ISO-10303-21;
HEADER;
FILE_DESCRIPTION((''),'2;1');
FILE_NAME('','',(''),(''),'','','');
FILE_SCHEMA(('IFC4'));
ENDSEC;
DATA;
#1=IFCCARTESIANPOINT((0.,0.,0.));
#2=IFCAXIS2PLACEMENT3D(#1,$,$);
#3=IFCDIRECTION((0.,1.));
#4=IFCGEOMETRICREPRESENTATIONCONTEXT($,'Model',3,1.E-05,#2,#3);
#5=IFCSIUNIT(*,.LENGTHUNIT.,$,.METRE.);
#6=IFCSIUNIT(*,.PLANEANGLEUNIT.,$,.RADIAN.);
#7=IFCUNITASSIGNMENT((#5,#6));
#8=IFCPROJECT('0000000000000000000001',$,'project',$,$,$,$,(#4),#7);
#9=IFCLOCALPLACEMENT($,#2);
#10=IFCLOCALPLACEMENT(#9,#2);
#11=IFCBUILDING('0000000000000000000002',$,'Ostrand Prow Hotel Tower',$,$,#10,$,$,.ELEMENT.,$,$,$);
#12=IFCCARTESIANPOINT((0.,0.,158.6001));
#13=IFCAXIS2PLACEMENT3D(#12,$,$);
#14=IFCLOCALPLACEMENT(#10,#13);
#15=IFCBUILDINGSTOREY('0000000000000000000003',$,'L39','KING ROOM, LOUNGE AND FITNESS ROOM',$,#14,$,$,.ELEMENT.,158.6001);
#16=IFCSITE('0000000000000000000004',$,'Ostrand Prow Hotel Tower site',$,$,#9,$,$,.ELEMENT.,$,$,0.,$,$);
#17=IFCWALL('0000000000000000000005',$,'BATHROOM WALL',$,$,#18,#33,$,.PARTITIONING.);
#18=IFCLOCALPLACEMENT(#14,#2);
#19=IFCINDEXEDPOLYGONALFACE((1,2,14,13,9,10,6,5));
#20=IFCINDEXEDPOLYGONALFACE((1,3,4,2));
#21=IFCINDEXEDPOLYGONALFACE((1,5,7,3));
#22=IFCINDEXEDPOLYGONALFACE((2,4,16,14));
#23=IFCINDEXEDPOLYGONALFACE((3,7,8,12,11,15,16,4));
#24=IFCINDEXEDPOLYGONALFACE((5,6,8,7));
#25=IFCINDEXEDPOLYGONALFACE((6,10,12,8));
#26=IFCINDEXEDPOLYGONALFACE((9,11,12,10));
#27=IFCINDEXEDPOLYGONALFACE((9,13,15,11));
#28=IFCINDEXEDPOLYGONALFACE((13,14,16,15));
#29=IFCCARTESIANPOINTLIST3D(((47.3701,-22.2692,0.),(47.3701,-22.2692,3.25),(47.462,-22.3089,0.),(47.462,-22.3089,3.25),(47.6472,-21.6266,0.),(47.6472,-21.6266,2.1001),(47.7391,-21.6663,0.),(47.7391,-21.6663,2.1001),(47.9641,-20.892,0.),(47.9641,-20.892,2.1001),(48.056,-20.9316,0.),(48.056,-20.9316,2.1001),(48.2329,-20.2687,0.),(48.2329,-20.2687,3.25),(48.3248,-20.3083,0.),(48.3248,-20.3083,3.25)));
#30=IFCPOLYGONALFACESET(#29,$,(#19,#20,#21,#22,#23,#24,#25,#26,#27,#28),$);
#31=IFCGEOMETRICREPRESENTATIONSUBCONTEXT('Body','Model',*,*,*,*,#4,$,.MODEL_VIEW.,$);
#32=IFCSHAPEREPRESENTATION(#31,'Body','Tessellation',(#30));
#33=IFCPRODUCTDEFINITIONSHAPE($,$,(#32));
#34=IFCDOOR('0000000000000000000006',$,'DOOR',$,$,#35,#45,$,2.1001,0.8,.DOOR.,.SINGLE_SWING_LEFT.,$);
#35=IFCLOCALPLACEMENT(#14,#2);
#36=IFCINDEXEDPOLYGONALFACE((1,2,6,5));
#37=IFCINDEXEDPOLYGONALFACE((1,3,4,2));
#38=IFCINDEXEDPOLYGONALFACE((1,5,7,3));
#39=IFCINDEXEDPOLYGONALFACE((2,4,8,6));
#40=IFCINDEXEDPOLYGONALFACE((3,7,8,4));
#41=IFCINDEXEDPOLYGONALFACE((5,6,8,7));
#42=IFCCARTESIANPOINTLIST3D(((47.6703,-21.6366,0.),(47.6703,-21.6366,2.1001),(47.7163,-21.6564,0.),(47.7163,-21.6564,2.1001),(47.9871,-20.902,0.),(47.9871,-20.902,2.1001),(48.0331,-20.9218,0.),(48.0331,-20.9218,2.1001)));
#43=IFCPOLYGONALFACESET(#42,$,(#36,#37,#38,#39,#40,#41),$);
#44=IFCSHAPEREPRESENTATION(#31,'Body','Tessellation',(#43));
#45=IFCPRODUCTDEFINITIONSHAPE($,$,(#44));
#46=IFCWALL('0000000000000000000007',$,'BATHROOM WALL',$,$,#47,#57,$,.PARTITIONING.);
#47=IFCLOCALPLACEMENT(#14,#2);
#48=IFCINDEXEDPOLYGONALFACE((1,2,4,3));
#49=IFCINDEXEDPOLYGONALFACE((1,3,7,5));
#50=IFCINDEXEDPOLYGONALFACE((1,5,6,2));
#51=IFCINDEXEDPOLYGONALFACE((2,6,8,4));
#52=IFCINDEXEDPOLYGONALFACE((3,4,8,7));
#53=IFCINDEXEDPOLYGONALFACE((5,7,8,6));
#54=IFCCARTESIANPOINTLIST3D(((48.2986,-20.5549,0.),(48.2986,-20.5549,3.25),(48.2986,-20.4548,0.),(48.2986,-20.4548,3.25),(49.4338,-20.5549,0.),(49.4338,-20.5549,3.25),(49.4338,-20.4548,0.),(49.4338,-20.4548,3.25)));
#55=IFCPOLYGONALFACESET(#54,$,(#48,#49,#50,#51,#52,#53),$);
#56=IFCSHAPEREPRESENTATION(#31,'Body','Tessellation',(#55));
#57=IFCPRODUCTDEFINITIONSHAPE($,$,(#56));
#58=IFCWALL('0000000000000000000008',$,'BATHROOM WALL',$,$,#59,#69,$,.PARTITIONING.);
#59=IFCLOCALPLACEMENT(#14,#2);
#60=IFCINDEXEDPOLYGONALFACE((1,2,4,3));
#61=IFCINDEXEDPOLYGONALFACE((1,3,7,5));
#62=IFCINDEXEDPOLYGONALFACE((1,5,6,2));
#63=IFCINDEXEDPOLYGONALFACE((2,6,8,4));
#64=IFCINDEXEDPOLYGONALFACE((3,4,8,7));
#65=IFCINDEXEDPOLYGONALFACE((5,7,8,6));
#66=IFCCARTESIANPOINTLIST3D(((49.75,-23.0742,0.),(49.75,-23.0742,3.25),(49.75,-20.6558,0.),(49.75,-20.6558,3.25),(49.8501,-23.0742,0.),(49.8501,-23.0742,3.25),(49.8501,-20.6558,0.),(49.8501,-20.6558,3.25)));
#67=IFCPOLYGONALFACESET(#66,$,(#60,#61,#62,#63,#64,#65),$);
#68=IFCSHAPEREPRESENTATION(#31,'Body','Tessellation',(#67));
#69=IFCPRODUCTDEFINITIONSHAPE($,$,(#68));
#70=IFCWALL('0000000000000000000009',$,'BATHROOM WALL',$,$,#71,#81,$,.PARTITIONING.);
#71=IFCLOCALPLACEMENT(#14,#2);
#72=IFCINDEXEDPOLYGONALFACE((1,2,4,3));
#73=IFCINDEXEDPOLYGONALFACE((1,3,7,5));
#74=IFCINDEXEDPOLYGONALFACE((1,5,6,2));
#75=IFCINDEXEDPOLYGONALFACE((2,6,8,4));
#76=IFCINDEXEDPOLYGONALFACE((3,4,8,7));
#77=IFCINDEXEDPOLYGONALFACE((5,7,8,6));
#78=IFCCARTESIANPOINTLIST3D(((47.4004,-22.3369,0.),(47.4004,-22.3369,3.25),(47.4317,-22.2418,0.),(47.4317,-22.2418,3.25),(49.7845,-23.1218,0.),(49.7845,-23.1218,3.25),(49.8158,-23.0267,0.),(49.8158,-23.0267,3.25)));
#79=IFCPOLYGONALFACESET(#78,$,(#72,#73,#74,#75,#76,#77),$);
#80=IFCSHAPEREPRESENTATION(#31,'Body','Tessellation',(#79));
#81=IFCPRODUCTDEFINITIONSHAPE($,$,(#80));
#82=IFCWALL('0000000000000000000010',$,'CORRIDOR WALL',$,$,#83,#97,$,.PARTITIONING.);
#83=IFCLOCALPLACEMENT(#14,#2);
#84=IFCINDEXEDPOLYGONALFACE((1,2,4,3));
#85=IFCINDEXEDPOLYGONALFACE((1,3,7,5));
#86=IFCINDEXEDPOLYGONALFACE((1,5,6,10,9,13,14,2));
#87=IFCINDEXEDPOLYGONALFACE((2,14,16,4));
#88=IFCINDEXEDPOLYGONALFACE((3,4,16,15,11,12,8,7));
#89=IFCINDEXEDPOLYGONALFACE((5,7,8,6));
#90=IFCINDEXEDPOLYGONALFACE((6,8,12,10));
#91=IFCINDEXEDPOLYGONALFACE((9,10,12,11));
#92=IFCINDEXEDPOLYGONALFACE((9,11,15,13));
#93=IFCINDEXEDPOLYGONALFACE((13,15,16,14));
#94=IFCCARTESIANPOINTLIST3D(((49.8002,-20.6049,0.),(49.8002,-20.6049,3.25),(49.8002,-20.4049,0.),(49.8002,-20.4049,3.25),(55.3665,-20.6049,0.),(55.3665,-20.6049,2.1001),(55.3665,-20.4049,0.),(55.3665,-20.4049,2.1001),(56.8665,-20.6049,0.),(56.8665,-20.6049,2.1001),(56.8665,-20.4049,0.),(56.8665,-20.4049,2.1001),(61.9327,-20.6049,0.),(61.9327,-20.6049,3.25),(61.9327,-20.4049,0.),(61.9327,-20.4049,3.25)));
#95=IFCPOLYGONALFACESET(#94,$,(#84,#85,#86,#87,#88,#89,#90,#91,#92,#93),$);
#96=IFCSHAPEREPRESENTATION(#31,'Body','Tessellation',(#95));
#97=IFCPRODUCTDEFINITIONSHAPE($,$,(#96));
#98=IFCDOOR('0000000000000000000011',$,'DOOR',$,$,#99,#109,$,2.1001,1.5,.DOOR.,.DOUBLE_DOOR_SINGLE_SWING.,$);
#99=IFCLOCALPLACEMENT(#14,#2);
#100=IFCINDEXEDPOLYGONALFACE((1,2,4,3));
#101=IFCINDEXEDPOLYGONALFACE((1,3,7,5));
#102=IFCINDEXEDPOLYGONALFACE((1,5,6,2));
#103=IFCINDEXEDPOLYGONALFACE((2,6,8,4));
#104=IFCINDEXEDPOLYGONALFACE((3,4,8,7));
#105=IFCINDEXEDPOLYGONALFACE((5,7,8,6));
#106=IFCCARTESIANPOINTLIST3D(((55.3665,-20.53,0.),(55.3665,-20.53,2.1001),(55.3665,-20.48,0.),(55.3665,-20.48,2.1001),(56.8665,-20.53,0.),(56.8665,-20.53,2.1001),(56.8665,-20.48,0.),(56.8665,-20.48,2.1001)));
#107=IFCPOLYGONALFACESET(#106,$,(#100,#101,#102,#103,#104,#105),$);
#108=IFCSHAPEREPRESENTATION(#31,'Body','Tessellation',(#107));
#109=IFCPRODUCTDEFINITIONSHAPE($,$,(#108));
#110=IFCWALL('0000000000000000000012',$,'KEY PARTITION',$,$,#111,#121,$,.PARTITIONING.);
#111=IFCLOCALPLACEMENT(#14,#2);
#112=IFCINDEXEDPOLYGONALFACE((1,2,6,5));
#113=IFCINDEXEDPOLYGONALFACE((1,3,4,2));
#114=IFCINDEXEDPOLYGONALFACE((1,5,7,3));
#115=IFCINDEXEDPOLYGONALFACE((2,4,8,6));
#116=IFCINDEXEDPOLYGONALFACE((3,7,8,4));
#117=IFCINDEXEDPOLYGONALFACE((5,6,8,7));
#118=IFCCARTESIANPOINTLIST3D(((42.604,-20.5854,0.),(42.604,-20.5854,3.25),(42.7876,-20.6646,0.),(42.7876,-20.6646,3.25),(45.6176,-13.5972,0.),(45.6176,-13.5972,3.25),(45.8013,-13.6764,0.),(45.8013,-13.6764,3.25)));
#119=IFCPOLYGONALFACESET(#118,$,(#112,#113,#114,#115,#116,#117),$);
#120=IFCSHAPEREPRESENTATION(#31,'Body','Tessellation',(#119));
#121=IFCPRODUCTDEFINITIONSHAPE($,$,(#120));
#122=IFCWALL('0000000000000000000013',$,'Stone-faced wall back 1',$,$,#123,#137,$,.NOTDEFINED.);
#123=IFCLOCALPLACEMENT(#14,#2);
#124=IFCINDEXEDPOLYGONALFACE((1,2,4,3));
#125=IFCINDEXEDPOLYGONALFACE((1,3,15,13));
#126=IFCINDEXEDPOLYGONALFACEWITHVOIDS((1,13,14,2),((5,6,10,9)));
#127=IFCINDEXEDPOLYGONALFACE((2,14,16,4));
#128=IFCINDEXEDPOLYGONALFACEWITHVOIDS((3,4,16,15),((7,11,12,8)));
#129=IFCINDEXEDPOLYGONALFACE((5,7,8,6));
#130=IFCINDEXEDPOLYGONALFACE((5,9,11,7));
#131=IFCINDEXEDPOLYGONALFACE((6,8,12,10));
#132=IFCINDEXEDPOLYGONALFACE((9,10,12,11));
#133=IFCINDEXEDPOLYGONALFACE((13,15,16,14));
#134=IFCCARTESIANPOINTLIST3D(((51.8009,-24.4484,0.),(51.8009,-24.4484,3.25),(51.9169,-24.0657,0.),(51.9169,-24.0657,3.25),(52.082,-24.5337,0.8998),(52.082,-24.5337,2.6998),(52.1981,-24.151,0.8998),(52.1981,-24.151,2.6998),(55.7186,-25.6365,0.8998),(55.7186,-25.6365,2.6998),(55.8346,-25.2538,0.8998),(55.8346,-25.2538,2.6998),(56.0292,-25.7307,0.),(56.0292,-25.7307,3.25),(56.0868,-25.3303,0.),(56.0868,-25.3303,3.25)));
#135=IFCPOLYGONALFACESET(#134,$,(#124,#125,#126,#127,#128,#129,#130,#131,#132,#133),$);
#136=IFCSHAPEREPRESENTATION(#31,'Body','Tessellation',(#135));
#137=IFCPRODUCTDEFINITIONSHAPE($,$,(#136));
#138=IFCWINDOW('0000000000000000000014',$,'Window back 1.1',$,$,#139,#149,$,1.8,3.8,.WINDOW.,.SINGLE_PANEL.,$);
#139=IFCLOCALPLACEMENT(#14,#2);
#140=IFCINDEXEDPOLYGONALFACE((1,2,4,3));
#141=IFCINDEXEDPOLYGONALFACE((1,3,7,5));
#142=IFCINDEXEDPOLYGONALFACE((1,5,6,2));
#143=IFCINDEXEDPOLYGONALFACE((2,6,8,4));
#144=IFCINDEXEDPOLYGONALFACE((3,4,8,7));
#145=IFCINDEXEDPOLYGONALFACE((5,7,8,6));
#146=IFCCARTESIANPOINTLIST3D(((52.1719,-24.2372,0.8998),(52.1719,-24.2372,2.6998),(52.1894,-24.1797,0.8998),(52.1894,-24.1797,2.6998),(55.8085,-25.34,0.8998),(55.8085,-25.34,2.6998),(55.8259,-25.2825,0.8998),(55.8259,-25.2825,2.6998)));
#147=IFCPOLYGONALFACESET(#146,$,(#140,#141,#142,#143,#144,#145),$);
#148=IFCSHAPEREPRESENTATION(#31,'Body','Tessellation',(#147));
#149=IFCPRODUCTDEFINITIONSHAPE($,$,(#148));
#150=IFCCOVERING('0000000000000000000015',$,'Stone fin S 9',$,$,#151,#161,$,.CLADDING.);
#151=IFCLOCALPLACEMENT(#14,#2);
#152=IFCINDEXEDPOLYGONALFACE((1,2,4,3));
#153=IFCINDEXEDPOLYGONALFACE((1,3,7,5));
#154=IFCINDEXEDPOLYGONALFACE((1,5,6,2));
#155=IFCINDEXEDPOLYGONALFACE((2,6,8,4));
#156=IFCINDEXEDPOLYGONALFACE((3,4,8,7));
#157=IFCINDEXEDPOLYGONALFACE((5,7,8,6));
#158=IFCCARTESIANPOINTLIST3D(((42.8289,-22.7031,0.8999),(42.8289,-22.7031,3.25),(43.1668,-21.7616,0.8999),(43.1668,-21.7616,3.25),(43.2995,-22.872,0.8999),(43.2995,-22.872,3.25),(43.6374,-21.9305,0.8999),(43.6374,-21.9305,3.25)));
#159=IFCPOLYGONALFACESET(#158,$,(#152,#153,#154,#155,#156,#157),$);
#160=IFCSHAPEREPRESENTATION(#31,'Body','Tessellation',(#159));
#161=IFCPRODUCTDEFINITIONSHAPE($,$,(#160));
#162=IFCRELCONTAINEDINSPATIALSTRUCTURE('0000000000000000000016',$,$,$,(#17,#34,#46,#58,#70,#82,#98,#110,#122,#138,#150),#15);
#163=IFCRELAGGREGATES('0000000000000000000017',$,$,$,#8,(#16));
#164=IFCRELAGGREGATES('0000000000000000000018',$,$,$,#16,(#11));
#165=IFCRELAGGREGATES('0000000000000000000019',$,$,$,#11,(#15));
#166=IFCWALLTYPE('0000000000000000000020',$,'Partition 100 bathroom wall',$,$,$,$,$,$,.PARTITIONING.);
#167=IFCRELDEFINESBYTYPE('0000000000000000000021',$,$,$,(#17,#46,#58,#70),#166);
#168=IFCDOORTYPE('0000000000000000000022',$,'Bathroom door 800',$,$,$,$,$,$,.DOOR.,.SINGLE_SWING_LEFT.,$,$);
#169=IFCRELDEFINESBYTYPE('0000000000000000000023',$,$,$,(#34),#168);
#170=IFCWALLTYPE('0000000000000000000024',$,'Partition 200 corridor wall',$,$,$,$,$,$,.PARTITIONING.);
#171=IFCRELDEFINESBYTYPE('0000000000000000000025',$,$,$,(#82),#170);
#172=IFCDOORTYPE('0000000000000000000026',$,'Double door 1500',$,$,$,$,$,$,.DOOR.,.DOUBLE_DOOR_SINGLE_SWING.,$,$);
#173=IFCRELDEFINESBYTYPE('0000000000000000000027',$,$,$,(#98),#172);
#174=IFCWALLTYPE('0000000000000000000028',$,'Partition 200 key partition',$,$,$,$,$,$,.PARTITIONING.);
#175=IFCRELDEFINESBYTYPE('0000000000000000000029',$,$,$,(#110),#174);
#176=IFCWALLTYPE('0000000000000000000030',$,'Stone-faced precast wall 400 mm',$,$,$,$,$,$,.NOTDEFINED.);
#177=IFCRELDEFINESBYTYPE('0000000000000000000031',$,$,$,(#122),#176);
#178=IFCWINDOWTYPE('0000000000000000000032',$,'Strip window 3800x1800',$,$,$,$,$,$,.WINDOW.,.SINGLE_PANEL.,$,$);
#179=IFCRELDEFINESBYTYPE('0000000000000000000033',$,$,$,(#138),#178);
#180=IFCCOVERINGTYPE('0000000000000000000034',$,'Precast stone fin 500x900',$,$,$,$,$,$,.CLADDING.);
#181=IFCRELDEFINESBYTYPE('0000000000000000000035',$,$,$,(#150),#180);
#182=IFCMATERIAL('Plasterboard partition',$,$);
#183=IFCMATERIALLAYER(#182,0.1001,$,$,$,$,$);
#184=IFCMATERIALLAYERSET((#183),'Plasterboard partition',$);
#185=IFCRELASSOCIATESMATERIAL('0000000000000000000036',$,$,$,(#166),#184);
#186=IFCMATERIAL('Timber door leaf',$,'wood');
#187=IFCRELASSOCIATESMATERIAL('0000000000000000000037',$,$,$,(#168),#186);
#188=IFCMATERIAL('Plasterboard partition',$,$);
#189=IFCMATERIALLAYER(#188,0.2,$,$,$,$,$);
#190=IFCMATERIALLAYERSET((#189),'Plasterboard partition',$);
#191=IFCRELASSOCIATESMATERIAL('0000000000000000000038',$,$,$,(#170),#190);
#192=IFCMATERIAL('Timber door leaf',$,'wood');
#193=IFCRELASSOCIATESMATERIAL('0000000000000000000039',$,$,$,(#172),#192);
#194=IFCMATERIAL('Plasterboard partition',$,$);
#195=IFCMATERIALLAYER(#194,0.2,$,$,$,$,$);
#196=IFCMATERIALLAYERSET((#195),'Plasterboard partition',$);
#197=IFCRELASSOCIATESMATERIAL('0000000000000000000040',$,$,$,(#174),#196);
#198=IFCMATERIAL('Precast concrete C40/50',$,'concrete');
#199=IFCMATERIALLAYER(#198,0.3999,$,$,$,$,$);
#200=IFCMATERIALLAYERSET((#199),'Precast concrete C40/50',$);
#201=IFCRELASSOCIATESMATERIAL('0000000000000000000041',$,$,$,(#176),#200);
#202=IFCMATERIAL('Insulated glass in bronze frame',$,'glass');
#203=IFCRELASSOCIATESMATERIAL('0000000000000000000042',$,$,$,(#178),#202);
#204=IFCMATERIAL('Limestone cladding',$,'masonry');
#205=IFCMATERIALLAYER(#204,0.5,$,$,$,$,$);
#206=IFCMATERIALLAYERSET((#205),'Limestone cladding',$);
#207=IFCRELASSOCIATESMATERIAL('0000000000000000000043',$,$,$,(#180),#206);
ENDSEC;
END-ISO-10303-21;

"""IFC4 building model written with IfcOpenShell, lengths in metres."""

from ifc_helpers import new_model, si_unit, direction, frame, frame_2d, origin, place, context, subcontext, project, spatial, polyline, rectangle, outline, extrude, material, layer, layer_set, type_object, element, fill, save


model = new_model("IFC4")

# Units and contexts
model_context = context("Model", 3, precision=1e-05, world=origin(), true_north=direction((0.0, 1.0)))
body_context = subcontext(model_context, "Body", "Model", "MODEL_VIEW")
ifc_project = project(units=[si_unit("LENGTHUNIT", "METRE"), si_unit("PLANEANGLEUNIT", "RADIAN")], contexts=[model_context])

# Site, building, storey
site_placement = place(None, origin())
site = spatial("IfcSite", under=ifc_project, at=site_placement, Name="Ostrand Prow Hotel Tower site", CompositionType="ELEMENT", RefElevation=0.0)
building_placement = place(site_placement, origin())
building = spatial("IfcBuilding", under=site, at=building_placement, Name="Ostrand Prow Hotel Tower", CompositionType="ELEMENT")
storey_placement = place(building_placement, frame((0.0, 0.0, 158.6001)))
storey = spatial("IfcBuildingStorey", under=building, at=storey_placement, Name="L39", Description="KING ROOM, LOUNGE AND FITNESS ROOM", CompositionType="ELEMENT", Elevation=158.6001)

# Wall, opening, door
ifc_material_1 = material(Name="Plasterboard partition")
ifc_layer_1 = layer(ifc_material_1, 0.1001)
ifc_layer_set_1 = layer_set([ifc_layer_1], Name="Plasterboard partition")
wall_type_1 = type_object("IfcWallType", Name="Partition 100 bathroom wall", PredefinedType="PARTITIONING", material=ifc_layer_set_1)
wall_1_placement = place(storey_placement, frame((47.416, -22.2891, 0.0), z_axis=(0.0, 0.0, 1.0), x_axis=(0.396028, 0.918238, 0.0)))
wall_1 = element("IfcWall", 1, at=wall_1_placement, inside=storey, type_object=wall_type_1, Name="BATHROOM WALL", PredefinedType="PARTITIONING", context=body_context, shape_type="SweptSolid", body=[
    extrude(rectangle(XDim=2.1787, YDim=0.1001, at=frame_2d((1.0894, 0.0))), origin(), (0.0, 0.0, 1.0), 3.25),
])
opening_1_placement = place(wall_1_placement, frame((0.7, 0.0, 0.0)))
opening_1 = element("IfcOpeningElement", 2, at=opening_1_placement, cuts=wall_1, PredefinedType="OPENING", context=body_context, shape_type="SweptSolid", body=[
    extrude(rectangle(XDim=0.8, YDim=2.1001, at=frame_2d((0.3999, 1.05))), frame((0.0, 0.0601, 0.0), z_axis=(0.0, -1.0, 0.0), x_axis=(1.0, 0.0, 0.0)), (0.0, 0.0, 1.0), 0.1201),
])
ifc_material_2 = material(Name="Timber door leaf", Category="wood")
door_type_1 = type_object("IfcDoorType", Name="Bathroom door 800", OperationType="SINGLE_SWING_LEFT", PredefinedType="DOOR", material=ifc_material_2)
door_1_placement = place(opening_1_placement, origin())
door_1 = element("IfcDoor", 3, at=door_1_placement, inside=storey, type_object=door_type_1, Name="DOOR", OperationType="SINGLE_SWING_LEFT", OverallHeight=2.1001, OverallWidth=0.8, PredefinedType="DOOR", context=body_context, shape_type="SweptSolid", body=[
    extrude(rectangle(XDim=0.8, YDim=2.1001, at=frame_2d((0.3999, 1.05))), frame((0.0, 0.0249, 0.0), z_axis=(0.0, -1.0, 0.0), x_axis=(1.0, 0.0, 0.0)), (0.0, 0.0, 1.0), 0.05),
])
fill(opening_1, door_1)

# Walls
wall_2_placement = place(storey_placement, frame((48.2986, -20.5049, 0.0), z_axis=(0.0, 0.0, 1.0), x_axis=(1.0, 0.0, 0.0)))
element("IfcWall", 4, at=wall_2_placement, inside=storey, type_object=wall_type_1, Name="BATHROOM WALL", PredefinedType="PARTITIONING", context=body_context, shape_type="SweptSolid", body=[
    extrude(rectangle(XDim=1.1353, YDim=0.1001, at=frame_2d((0.5676, 0.0))), origin(), (0.0, 0.0, 1.0), 3.25),
])
wall_3_placement = place(storey_placement, frame((49.8, -20.6558, 0.0), z_axis=(0.0, 0.0, 1.0), x_axis=(0.0, -1.0, 0.0)))
element("IfcWall", 5, at=wall_3_placement, inside=storey, type_object=wall_type_1, Name="BATHROOM WALL", PredefinedType="PARTITIONING", context=body_context, shape_type="SweptSolid", body=[
    extrude(rectangle(XDim=2.4185, YDim=0.1001, at=frame_2d((1.2092, 0.0))), origin(), (0.0, 0.0, 1.0), 3.25),
])
wall_4_placement = place(storey_placement, frame((49.8, -23.0742, 0.0), z_axis=(0.0, 0.0, 1.0), x_axis=(-0.949844, 0.312724, 0.0)))
element("IfcWall", 6, at=wall_4_placement, inside=storey, type_object=wall_type_1, Name="BATHROOM WALL", PredefinedType="PARTITIONING", context=body_context, shape_type="SweptSolid", body=[
    extrude(rectangle(XDim=2.51, YDim=0.1001, at=frame_2d((1.2549, 0.0))), origin(), (0.0, 0.0, 1.0), 3.25),
])

# Wall, opening, door
ifc_material_3 = material(Name="Plasterboard partition")
ifc_layer_2 = layer(ifc_material_3, 0.2)
ifc_layer_set_2 = layer_set([ifc_layer_2], Name="Plasterboard partition")
wall_type_2 = type_object("IfcWallType", Name="Partition 200 corridor wall", PredefinedType="PARTITIONING", material=ifc_layer_set_2)
wall_5_placement = place(storey_placement, frame((49.8, -20.5049, 0.0), z_axis=(0.0, 0.0, 1.0), x_axis=(1.0, 0.0, 0.0)))
wall_5 = element("IfcWall", 7, at=wall_5_placement, inside=storey, type_object=wall_type_2, Name="CORRIDOR WALL", PredefinedType="PARTITIONING", context=body_context, shape_type="SweptSolid", body=[
    extrude(rectangle(XDim=12.1326, YDim=0.2, at=frame_2d((6.0664, 0.0))), origin(), (0.0, 0.0, 1.0), 3.25),
])
opening_2_placement = place(wall_5_placement, frame((5.5664, 0.0, 0.0)))
opening_2 = element("IfcOpeningElement", 8, at=opening_2_placement, cuts=wall_5, PredefinedType="OPENING", context=body_context, shape_type="SweptSolid", body=[
    extrude(rectangle(XDim=1.5, YDim=2.1001, at=frame_2d((0.75, 1.05))), frame((0.0, 0.1099, 0.0), z_axis=(0.0, -1.0, 0.0), x_axis=(1.0, 0.0, 0.0)), (0.0, 0.0, 1.0), 0.22),
])
ifc_material_4 = material(Name="Timber door leaf", Category="wood")
door_type_2 = type_object("IfcDoorType", Name="Double door 1500", OperationType="DOUBLE_DOOR_SINGLE_SWING", PredefinedType="DOOR", material=ifc_material_4)
door_2_placement = place(opening_2_placement, origin())
door_2 = element("IfcDoor", 9, at=door_2_placement, inside=storey, type_object=door_type_2, Name="DOOR", OperationType="DOUBLE_DOOR_SINGLE_SWING", OverallHeight=2.1001, OverallWidth=1.5, PredefinedType="DOOR", context=body_context, shape_type="SweptSolid", body=[
    extrude(rectangle(XDim=1.5, YDim=2.1001, at=frame_2d((0.75, 1.05))), frame((0.0, 0.0249, 0.0), z_axis=(0.0, -1.0, 0.0), x_axis=(1.0, 0.0, 0.0)), (0.0, 0.0, 1.0), 0.05),
])
fill(opening_2, door_2)

# Wall
ifc_material_5 = material(Name="Plasterboard partition")
ifc_layer_3 = layer(ifc_material_5, 0.2)
ifc_layer_set_3 = layer_set([ifc_layer_3], Name="Plasterboard partition")
wall_type_3 = type_object("IfcWallType", Name="Partition 200 key partition", PredefinedType="PARTITIONING", material=ifc_layer_set_3)
wall_6_placement = place(storey_placement, frame((42.6958, -20.625, 0.0), z_axis=(0.0, 0.0, 1.0), x_axis=(0.395994, 0.918253, 0.0)))
element("IfcWall", 10, at=wall_6_placement, inside=storey, type_object=wall_type_3, Name="KEY PARTITION", PredefinedType="PARTITIONING", context=body_context, shape_type="SweptSolid", body=[
    extrude(rectangle(XDim=7.6104, YDim=0.2, at=frame_2d((3.8052, 0.0))), origin(), (0.0, 0.0, 1.0), 3.25),
])

# Wall, opening, window
ifc_material_6 = material(Name="Precast concrete C40/50", Category="concrete")
ifc_layer_4 = layer(ifc_material_6, 0.3999)
ifc_layer_set_4 = layer_set([ifc_layer_4], Name="Precast concrete C40/50")
wall_type_4 = type_object("IfcWallType", Name="Stone-faced precast wall 400 mm", PredefinedType="NOTDEFINED", material=ifc_layer_set_4)
wall_7_placement = place(storey_placement, frame((51.8589, -24.2571, 0.0), z_axis=(0.0, 0.0, 1.0), x_axis=(0.956964, -0.290205, 0.0)))
wall_7 = element("IfcWall", 11, at=wall_7_placement, inside=storey, type_object=wall_type_4, Name="Stone-faced wall back 1", PredefinedType="NOTDEFINED", context=body_context, shape_type="SweptSolid", body=[
    extrude(outline(polyline([(0.0, -0.2), (4.4185, -0.2), (4.3574, 0.2), (0.0, 0.2), (0.0, -0.2)])), origin(), (0.0, 0.0, 1.0), 3.25),
])
opening_3_placement = place(wall_7_placement, frame((0.2939, 0.0, 0.8999)))
opening_3 = element("IfcOpeningElement", 12, at=opening_3_placement, cuts=wall_7, PredefinedType="OPENING", context=body_context, shape_type="SweptSolid", body=[
    extrude(rectangle(XDim=3.8, YDim=1.8, at=frame_2d((1.8999, 0.8999))), frame((0.0, 0.21, 0.0), z_axis=(0.0, -1.0, 0.0), x_axis=(1.0, 0.0, 0.0)), (0.0, 0.0, 1.0), 0.4199),
])
ifc_material_7 = material(Name="Insulated glass in bronze frame", Category="glass")
window_type = type_object("IfcWindowType", Name="Strip window 3800x1800", PartitioningType="SINGLE_PANEL", PredefinedType="WINDOW", material=ifc_material_7)
window_placement = place(opening_3_placement, origin())
window = element("IfcWindow", 13, at=window_placement, inside=storey, type_object=window_type, Name="Window back 1.1", OverallHeight=1.8, OverallWidth=3.8, PartitioningType="SINGLE_PANEL", PredefinedType="WINDOW", context=body_context, shape_type="SweptSolid", body=[
    extrude(rectangle(XDim=3.8, YDim=1.8, at=frame_2d((1.8999, 0.8999))), frame((0.0, 0.1699, 0.0), z_axis=(0.0, -1.0, 0.0), x_axis=(1.0, 0.0, 0.0)), (0.0, 0.0, 1.0), 0.0601),
])
fill(opening_3, window)

# Covering
ifc_material_8 = material(Name="Limestone cladding", Category="masonry")
ifc_layer_5 = layer(ifc_material_8, 0.5)
ifc_layer_set_5 = layer_set([ifc_layer_5], Name="Limestone cladding")
covering_type = type_object("IfcCoveringType", Name="Precast stone fin 500x900", PredefinedType="CLADDING", material=ifc_layer_set_5)
covering_placement = place(storey_placement, frame((43.4021, -21.8462, 0.8999), z_axis=(0.0, 0.0, 1.0), x_axis=(-0.33782, -0.941211, 0.0)))
element("IfcCovering", 14, at=covering_placement, inside=storey, type_object=covering_type, Name="Stone fin S 9", PredefinedType="CLADDING", context=body_context, shape_type="SweptSolid", body=[
    extrude(rectangle(XDim=1.0002, YDim=0.5, at=frame_2d((0.5, 0.0))), origin(), (0.0, 0.0, 1.0), 2.3501),
])

save(model, "model.ifc")
